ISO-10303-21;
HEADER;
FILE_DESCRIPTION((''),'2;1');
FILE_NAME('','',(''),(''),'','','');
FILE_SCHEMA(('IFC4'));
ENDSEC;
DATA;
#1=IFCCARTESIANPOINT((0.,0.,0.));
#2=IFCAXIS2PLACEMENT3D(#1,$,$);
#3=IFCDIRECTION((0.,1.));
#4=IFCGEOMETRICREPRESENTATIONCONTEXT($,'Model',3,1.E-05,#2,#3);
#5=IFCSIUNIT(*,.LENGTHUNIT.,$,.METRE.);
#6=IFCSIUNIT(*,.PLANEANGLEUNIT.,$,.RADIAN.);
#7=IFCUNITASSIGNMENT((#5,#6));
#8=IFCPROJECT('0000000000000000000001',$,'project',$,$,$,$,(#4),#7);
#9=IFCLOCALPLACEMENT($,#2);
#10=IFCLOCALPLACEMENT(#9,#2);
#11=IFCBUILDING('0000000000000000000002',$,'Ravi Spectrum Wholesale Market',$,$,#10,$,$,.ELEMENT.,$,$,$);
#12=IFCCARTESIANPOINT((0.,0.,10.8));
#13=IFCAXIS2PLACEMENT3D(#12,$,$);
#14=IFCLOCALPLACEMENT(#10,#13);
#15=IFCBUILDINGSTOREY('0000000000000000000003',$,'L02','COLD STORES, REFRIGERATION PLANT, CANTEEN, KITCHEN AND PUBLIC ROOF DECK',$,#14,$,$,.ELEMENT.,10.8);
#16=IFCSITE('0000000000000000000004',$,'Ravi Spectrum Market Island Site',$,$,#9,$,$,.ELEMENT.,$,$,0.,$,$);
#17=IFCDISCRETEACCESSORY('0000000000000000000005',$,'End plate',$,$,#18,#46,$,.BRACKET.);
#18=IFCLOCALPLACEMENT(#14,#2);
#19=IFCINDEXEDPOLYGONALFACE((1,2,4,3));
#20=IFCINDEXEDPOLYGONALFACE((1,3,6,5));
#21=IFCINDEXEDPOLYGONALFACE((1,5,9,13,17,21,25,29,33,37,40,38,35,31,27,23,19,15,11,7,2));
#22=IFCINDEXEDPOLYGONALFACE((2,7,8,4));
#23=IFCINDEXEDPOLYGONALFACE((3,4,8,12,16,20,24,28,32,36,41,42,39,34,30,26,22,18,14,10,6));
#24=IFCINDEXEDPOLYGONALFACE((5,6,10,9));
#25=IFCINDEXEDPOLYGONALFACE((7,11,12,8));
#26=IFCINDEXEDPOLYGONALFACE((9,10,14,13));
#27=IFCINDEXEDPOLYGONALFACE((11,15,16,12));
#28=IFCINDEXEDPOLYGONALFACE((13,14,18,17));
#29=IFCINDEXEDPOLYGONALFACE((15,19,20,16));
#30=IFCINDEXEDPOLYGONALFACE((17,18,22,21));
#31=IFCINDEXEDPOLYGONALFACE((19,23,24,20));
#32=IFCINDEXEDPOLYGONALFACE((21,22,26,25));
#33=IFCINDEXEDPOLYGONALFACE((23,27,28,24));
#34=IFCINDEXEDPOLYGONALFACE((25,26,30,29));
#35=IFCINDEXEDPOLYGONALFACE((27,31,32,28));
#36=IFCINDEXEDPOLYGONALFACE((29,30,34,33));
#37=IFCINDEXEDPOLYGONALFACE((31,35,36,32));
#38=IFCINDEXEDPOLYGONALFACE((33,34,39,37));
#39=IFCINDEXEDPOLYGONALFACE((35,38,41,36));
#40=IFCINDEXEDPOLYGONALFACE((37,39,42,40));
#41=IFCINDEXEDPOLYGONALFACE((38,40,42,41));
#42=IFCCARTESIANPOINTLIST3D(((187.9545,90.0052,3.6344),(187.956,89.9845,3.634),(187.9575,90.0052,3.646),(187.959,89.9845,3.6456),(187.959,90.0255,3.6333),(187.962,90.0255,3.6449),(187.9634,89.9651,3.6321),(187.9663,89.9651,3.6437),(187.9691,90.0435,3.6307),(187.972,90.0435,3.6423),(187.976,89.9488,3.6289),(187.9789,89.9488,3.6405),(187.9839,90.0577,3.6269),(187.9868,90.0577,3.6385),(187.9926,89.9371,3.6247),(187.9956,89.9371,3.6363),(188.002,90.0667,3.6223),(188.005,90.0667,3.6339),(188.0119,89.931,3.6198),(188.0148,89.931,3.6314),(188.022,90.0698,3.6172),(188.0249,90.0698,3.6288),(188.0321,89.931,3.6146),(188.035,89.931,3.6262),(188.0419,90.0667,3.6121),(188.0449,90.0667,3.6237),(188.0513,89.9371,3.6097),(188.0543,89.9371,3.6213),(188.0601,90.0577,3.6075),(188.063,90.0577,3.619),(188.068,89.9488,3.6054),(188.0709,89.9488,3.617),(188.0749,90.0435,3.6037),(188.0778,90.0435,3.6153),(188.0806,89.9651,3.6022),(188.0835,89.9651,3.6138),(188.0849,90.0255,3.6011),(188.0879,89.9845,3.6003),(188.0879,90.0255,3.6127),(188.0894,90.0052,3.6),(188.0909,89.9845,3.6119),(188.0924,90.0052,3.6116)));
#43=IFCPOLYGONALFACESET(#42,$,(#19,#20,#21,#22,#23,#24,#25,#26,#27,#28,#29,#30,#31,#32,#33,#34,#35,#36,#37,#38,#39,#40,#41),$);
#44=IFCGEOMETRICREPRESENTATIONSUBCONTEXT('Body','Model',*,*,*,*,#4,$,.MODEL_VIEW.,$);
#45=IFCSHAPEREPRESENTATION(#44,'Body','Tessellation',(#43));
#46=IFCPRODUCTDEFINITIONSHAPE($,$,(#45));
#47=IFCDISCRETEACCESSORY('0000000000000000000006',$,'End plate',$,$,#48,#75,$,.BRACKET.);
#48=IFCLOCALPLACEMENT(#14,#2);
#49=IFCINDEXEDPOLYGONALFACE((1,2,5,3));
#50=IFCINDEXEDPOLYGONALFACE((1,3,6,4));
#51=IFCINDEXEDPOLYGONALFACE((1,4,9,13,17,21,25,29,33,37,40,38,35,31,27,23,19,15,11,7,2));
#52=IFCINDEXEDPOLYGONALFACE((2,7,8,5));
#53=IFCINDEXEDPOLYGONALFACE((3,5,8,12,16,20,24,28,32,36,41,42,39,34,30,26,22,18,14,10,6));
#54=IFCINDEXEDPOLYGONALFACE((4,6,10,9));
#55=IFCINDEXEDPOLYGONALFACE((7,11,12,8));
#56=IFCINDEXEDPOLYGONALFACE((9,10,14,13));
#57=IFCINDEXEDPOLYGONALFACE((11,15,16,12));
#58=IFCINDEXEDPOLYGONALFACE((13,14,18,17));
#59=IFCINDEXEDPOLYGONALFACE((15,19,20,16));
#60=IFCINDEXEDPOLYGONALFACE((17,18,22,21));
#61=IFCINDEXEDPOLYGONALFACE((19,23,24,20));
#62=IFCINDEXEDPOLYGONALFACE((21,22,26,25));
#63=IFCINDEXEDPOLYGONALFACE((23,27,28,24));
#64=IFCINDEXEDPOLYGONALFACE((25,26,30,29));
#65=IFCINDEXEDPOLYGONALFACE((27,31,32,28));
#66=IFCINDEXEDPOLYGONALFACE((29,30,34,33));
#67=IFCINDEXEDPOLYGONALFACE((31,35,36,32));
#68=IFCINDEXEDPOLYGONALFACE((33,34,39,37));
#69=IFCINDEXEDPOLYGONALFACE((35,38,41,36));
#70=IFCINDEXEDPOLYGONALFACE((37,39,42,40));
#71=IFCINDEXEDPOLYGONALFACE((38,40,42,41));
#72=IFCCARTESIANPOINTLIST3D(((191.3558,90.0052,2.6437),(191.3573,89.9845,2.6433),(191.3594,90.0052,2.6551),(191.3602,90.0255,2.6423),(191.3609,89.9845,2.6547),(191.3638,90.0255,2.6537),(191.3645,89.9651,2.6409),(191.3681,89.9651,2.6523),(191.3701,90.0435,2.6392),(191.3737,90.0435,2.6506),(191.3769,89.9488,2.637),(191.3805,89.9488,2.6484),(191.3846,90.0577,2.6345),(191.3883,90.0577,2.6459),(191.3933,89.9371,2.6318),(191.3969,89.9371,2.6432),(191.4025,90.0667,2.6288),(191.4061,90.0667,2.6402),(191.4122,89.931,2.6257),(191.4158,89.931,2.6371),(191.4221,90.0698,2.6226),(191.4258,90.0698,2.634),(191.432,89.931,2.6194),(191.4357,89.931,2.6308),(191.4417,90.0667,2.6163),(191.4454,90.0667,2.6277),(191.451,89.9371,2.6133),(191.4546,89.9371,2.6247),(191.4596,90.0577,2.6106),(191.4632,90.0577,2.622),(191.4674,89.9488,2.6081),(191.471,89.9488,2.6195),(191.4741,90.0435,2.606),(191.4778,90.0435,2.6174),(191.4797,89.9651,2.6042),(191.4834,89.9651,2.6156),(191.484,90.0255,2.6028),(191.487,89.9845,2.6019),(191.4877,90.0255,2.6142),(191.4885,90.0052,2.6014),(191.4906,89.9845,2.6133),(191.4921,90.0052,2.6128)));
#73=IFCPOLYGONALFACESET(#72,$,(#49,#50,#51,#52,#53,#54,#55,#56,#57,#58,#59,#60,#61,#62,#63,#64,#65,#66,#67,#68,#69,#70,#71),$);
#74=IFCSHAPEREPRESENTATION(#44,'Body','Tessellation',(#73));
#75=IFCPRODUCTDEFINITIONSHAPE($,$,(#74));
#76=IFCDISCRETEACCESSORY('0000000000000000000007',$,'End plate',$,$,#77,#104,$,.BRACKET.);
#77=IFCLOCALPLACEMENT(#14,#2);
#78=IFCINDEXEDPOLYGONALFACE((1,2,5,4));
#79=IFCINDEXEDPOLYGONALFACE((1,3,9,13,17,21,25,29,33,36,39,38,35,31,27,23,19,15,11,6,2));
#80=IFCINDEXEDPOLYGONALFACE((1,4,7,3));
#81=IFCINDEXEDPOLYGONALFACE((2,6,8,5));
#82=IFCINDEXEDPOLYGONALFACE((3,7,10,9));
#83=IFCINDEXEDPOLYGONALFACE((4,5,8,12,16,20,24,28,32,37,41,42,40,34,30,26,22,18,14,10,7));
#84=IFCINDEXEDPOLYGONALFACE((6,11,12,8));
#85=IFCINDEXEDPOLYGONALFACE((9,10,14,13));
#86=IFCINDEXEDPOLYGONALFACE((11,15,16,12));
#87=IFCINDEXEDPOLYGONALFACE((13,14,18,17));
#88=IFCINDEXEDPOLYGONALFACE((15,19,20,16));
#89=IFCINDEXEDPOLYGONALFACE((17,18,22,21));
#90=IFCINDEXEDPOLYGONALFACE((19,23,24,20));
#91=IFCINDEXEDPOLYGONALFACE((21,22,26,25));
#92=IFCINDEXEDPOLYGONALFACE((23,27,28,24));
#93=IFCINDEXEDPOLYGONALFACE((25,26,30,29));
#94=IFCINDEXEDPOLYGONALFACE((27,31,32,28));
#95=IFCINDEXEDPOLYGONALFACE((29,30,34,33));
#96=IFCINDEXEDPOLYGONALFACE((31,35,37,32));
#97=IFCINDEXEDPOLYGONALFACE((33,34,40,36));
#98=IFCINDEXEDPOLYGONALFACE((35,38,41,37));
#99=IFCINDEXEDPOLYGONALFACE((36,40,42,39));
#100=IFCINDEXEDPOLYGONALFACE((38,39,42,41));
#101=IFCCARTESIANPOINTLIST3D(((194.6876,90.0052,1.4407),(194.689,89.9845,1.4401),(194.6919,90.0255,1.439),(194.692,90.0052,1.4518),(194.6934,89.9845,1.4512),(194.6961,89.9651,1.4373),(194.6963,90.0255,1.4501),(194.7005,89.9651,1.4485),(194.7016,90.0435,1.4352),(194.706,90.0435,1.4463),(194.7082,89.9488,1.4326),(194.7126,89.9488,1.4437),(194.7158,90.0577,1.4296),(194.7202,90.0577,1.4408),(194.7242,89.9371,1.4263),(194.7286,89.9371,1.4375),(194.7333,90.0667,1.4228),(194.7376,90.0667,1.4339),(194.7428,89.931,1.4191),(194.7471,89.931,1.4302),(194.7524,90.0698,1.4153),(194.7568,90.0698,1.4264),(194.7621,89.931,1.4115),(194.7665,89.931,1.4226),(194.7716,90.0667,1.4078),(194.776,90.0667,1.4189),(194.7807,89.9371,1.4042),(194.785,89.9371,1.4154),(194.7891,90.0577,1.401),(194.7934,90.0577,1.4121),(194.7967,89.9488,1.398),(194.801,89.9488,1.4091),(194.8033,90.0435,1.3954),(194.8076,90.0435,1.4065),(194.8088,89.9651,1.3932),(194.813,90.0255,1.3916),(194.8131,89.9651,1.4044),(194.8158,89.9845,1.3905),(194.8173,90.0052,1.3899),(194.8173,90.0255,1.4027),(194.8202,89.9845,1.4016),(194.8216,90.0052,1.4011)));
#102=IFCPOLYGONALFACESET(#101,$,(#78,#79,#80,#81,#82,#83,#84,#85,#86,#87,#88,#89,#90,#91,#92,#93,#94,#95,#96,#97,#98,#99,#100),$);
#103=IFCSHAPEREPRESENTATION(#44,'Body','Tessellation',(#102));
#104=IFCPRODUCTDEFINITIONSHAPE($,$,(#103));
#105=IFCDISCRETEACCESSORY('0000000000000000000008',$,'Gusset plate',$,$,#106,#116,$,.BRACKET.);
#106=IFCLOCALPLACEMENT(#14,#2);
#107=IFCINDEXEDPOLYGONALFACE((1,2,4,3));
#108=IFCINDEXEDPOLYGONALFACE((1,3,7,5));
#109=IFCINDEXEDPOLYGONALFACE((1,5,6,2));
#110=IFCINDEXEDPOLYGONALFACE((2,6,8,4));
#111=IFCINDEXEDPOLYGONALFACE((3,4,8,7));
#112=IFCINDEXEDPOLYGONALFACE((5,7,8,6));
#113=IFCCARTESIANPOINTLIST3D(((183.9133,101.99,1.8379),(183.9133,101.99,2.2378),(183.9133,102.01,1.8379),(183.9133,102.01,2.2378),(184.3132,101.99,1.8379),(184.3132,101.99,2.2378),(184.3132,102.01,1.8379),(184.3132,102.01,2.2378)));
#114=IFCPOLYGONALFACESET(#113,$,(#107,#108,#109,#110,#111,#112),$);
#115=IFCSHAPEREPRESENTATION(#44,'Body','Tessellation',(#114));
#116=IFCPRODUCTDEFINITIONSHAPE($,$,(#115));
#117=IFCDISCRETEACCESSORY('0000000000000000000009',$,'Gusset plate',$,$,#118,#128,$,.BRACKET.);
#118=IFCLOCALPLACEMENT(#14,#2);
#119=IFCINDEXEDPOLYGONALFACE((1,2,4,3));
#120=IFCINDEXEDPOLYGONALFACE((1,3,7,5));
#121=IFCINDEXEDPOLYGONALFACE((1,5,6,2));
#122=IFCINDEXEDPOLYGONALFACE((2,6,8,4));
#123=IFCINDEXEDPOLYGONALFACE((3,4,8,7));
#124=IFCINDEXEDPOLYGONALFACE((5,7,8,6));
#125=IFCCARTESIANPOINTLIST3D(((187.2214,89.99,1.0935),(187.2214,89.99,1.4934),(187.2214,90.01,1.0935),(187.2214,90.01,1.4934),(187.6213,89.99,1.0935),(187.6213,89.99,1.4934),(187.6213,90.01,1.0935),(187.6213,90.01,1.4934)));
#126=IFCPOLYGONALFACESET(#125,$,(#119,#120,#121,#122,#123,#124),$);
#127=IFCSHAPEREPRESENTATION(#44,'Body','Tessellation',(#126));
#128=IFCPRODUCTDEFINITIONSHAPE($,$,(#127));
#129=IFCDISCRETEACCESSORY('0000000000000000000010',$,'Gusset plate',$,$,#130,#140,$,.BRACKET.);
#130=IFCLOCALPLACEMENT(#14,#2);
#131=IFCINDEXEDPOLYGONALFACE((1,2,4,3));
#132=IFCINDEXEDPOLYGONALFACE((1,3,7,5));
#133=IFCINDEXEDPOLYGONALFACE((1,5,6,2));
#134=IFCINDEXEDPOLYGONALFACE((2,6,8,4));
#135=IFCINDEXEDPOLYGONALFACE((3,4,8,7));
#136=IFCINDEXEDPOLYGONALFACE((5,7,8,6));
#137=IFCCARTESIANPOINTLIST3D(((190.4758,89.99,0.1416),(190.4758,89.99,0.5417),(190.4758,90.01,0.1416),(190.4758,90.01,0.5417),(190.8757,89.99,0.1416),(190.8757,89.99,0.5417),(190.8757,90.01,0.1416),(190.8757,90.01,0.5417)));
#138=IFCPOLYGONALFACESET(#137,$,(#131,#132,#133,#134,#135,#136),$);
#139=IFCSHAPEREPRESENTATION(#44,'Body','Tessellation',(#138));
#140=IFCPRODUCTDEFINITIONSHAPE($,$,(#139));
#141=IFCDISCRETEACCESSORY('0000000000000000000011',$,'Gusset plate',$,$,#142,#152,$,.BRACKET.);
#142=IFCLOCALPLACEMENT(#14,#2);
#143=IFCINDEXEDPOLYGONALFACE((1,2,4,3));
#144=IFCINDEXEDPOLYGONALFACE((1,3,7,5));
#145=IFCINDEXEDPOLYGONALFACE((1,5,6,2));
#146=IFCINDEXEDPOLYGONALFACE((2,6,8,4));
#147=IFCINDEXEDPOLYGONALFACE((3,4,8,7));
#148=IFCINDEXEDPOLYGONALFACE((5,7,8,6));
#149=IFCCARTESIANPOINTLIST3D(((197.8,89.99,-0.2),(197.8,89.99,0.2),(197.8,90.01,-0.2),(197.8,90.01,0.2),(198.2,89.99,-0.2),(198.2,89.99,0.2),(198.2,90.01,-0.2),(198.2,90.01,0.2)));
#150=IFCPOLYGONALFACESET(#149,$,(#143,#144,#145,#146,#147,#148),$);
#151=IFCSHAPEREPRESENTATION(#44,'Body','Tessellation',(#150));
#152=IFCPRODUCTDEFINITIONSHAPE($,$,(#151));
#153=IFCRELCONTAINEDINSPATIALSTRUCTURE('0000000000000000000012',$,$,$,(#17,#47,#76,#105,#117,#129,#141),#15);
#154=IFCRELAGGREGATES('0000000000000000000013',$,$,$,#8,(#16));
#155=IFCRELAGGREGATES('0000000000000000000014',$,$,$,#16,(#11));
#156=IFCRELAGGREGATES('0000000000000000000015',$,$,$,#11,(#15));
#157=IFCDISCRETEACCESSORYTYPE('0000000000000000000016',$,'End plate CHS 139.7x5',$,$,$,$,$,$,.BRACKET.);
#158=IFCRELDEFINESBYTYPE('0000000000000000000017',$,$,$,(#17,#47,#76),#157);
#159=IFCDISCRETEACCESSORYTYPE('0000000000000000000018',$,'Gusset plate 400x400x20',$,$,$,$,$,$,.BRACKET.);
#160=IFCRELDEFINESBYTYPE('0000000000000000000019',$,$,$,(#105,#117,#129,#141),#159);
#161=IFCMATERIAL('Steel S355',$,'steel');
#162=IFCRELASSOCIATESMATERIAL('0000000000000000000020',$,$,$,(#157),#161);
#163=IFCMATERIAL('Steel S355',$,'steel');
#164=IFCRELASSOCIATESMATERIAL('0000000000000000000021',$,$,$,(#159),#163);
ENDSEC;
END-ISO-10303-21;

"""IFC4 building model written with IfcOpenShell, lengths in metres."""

from ifc_helpers import new_model, si_unit, direction, frame, origin, origin_2d, place, context, subcontext, project, spatial, rectangle, circle, extrude, material, material_profile, profile_set, type_object, element, save


model = new_model("IFC4")

# Units and contexts
model_context = context("Model", 3, precision=1e-05, world=origin(), true_north=direction((0.0, 1.0)))
body_context = subcontext(model_context, "Body", "Model", "MODEL_VIEW")
ifc_project = project(units=[si_unit("LENGTHUNIT", "METRE"), si_unit("PLANEANGLEUNIT", "RADIAN")], contexts=[model_context])

# Site, building, storey
site_placement = place(None, origin())
site = spatial("IfcSite", under=ifc_project, at=site_placement, Name="Ravi Spectrum Market Island Site", CompositionType="ELEMENT", RefElevation=0.0)
building_placement = place(site_placement, origin())
building = spatial("IfcBuilding", under=site, at=building_placement, Name="Ravi Spectrum Wholesale Market", CompositionType="ELEMENT")
storey_placement = place(building_placement, frame((0.0, 0.0, 10.8)))
storey = spatial("IfcBuildingStorey", under=building, at=storey_placement, Name="L02", Description="COLD STORES, REFRIGERATION PLANT, CANTEEN, KITCHEN AND PUBLIC ROOF DECK", CompositionType="ELEMENT", Elevation=10.8)

# Discrete accessories
ifc_material_1 = material(Name="Steel S355", Category="steel")
ifc_material_profile_1 = material_profile(ifc_material_1, circle(Radius=0.0698, at=origin_2d()))
ifc_profile_set_1 = profile_set([ifc_material_profile_1], Name="Steel S355")
discrete_accessory_type_1 = type_object("IfcDiscreteAccessoryType", Name="End plate CHS 139.7x5", PredefinedType="BRACKET", material=ifc_profile_set_1)
for number, where, z_axis, x_axis, name in (
    (1, (188.022, 90.0, 3.6172), (0.247383, 0.0, 0.968918), (0.0, 1.0, 0.0), "End plate"),
    (2, (191.4221, 90.0, 2.6226), (0.30404, 0.0, 0.952659), (0.0, 1.0, 0.0), "End plate"),
    (3, (194.7524, 90.0, 1.4153), (0.364399, 0.0, 0.931243), (0.0, 1.0, 0.0), "End plate"),
):
    element("IfcDiscreteAccessory", number, at=place(storey_placement, frame(where, z_axis=z_axis, x_axis=x_axis)), inside=storey, type_object=discrete_accessory_type_1, Name=name, PredefinedType="BRACKET", context=body_context, shape_type="SweptSolid", body=[
        extrude(circle(Radius=0.0698, at=origin_2d()), origin(), (0.0, 0.0, 1.0), 0.012),
    ])
ifc_material_2 = material(Name="Steel S355", Category="steel")
ifc_material_profile_2 = material_profile(ifc_material_2, rectangle(XDim=0.3999, YDim=0.02, at=origin_2d()))
ifc_profile_set_2 = profile_set([ifc_material_profile_2], Name="Steel S355")
discrete_accessory_type_2 = type_object("IfcDiscreteAccessoryType", Name="Gusset plate 400x400x20", PredefinedType="BRACKET", material=ifc_profile_set_2)
for number, where, z_axis, x_axis, name in (
    (4, (184.1133, 102.0, 1.8379), (0.0, 0.0, 1.0), (-1.0, 0.0, 0.0), "Gusset plate"),
    (5, (187.4214, 90.0, 1.0935), (0.0, 0.0, 1.0), (-1.0, 0.0, 0.0), "Gusset plate"),
):
    element("IfcDiscreteAccessory", number, at=place(storey_placement, frame(where, z_axis=z_axis, x_axis=x_axis)), inside=storey, type_object=discrete_accessory_type_2, Name=name, PredefinedType="BRACKET", context=body_context, shape_type="SweptSolid", body=[
        extrude(rectangle(XDim=0.3999, YDim=0.02, at=origin_2d()), origin(), (0.0, 0.0, 1.0), 0.3999),
    ])
discrete_accessory_1_placement = place(storey_placement, frame((190.6758, 90.0, 0.1416), z_axis=(0.0, 0.0, 1.0), x_axis=(-1.0, 0.0, 0.0)))
element("IfcDiscreteAccessory", 6, at=discrete_accessory_1_placement, inside=storey, type_object=discrete_accessory_type_2, Name="Gusset plate", PredefinedType="BRACKET", context=body_context, shape_type="SweptSolid", body=[
    extrude(rectangle(XDim=0.3999, YDim=0.02, at=origin_2d()), origin(), (0.0, 0.0, 1.0), 0.4001),
])
discrete_accessory_2_placement = place(storey_placement, frame((198.0, 90.0, -0.2), z_axis=(0.0, 0.0, 1.0), x_axis=(1.0, 0.0, 0.0)))
element("IfcDiscreteAccessory", 7, at=discrete_accessory_2_placement, inside=storey, type_object=discrete_accessory_type_2, Name="Gusset plate", PredefinedType="BRACKET", context=body_context, shape_type="SweptSolid", body=[
    extrude(rectangle(XDim=0.3999, YDim=0.02, at=origin_2d()), origin(), (0.0, 0.0, 1.0), 0.3999),
])

save(model, "model.ifc")
